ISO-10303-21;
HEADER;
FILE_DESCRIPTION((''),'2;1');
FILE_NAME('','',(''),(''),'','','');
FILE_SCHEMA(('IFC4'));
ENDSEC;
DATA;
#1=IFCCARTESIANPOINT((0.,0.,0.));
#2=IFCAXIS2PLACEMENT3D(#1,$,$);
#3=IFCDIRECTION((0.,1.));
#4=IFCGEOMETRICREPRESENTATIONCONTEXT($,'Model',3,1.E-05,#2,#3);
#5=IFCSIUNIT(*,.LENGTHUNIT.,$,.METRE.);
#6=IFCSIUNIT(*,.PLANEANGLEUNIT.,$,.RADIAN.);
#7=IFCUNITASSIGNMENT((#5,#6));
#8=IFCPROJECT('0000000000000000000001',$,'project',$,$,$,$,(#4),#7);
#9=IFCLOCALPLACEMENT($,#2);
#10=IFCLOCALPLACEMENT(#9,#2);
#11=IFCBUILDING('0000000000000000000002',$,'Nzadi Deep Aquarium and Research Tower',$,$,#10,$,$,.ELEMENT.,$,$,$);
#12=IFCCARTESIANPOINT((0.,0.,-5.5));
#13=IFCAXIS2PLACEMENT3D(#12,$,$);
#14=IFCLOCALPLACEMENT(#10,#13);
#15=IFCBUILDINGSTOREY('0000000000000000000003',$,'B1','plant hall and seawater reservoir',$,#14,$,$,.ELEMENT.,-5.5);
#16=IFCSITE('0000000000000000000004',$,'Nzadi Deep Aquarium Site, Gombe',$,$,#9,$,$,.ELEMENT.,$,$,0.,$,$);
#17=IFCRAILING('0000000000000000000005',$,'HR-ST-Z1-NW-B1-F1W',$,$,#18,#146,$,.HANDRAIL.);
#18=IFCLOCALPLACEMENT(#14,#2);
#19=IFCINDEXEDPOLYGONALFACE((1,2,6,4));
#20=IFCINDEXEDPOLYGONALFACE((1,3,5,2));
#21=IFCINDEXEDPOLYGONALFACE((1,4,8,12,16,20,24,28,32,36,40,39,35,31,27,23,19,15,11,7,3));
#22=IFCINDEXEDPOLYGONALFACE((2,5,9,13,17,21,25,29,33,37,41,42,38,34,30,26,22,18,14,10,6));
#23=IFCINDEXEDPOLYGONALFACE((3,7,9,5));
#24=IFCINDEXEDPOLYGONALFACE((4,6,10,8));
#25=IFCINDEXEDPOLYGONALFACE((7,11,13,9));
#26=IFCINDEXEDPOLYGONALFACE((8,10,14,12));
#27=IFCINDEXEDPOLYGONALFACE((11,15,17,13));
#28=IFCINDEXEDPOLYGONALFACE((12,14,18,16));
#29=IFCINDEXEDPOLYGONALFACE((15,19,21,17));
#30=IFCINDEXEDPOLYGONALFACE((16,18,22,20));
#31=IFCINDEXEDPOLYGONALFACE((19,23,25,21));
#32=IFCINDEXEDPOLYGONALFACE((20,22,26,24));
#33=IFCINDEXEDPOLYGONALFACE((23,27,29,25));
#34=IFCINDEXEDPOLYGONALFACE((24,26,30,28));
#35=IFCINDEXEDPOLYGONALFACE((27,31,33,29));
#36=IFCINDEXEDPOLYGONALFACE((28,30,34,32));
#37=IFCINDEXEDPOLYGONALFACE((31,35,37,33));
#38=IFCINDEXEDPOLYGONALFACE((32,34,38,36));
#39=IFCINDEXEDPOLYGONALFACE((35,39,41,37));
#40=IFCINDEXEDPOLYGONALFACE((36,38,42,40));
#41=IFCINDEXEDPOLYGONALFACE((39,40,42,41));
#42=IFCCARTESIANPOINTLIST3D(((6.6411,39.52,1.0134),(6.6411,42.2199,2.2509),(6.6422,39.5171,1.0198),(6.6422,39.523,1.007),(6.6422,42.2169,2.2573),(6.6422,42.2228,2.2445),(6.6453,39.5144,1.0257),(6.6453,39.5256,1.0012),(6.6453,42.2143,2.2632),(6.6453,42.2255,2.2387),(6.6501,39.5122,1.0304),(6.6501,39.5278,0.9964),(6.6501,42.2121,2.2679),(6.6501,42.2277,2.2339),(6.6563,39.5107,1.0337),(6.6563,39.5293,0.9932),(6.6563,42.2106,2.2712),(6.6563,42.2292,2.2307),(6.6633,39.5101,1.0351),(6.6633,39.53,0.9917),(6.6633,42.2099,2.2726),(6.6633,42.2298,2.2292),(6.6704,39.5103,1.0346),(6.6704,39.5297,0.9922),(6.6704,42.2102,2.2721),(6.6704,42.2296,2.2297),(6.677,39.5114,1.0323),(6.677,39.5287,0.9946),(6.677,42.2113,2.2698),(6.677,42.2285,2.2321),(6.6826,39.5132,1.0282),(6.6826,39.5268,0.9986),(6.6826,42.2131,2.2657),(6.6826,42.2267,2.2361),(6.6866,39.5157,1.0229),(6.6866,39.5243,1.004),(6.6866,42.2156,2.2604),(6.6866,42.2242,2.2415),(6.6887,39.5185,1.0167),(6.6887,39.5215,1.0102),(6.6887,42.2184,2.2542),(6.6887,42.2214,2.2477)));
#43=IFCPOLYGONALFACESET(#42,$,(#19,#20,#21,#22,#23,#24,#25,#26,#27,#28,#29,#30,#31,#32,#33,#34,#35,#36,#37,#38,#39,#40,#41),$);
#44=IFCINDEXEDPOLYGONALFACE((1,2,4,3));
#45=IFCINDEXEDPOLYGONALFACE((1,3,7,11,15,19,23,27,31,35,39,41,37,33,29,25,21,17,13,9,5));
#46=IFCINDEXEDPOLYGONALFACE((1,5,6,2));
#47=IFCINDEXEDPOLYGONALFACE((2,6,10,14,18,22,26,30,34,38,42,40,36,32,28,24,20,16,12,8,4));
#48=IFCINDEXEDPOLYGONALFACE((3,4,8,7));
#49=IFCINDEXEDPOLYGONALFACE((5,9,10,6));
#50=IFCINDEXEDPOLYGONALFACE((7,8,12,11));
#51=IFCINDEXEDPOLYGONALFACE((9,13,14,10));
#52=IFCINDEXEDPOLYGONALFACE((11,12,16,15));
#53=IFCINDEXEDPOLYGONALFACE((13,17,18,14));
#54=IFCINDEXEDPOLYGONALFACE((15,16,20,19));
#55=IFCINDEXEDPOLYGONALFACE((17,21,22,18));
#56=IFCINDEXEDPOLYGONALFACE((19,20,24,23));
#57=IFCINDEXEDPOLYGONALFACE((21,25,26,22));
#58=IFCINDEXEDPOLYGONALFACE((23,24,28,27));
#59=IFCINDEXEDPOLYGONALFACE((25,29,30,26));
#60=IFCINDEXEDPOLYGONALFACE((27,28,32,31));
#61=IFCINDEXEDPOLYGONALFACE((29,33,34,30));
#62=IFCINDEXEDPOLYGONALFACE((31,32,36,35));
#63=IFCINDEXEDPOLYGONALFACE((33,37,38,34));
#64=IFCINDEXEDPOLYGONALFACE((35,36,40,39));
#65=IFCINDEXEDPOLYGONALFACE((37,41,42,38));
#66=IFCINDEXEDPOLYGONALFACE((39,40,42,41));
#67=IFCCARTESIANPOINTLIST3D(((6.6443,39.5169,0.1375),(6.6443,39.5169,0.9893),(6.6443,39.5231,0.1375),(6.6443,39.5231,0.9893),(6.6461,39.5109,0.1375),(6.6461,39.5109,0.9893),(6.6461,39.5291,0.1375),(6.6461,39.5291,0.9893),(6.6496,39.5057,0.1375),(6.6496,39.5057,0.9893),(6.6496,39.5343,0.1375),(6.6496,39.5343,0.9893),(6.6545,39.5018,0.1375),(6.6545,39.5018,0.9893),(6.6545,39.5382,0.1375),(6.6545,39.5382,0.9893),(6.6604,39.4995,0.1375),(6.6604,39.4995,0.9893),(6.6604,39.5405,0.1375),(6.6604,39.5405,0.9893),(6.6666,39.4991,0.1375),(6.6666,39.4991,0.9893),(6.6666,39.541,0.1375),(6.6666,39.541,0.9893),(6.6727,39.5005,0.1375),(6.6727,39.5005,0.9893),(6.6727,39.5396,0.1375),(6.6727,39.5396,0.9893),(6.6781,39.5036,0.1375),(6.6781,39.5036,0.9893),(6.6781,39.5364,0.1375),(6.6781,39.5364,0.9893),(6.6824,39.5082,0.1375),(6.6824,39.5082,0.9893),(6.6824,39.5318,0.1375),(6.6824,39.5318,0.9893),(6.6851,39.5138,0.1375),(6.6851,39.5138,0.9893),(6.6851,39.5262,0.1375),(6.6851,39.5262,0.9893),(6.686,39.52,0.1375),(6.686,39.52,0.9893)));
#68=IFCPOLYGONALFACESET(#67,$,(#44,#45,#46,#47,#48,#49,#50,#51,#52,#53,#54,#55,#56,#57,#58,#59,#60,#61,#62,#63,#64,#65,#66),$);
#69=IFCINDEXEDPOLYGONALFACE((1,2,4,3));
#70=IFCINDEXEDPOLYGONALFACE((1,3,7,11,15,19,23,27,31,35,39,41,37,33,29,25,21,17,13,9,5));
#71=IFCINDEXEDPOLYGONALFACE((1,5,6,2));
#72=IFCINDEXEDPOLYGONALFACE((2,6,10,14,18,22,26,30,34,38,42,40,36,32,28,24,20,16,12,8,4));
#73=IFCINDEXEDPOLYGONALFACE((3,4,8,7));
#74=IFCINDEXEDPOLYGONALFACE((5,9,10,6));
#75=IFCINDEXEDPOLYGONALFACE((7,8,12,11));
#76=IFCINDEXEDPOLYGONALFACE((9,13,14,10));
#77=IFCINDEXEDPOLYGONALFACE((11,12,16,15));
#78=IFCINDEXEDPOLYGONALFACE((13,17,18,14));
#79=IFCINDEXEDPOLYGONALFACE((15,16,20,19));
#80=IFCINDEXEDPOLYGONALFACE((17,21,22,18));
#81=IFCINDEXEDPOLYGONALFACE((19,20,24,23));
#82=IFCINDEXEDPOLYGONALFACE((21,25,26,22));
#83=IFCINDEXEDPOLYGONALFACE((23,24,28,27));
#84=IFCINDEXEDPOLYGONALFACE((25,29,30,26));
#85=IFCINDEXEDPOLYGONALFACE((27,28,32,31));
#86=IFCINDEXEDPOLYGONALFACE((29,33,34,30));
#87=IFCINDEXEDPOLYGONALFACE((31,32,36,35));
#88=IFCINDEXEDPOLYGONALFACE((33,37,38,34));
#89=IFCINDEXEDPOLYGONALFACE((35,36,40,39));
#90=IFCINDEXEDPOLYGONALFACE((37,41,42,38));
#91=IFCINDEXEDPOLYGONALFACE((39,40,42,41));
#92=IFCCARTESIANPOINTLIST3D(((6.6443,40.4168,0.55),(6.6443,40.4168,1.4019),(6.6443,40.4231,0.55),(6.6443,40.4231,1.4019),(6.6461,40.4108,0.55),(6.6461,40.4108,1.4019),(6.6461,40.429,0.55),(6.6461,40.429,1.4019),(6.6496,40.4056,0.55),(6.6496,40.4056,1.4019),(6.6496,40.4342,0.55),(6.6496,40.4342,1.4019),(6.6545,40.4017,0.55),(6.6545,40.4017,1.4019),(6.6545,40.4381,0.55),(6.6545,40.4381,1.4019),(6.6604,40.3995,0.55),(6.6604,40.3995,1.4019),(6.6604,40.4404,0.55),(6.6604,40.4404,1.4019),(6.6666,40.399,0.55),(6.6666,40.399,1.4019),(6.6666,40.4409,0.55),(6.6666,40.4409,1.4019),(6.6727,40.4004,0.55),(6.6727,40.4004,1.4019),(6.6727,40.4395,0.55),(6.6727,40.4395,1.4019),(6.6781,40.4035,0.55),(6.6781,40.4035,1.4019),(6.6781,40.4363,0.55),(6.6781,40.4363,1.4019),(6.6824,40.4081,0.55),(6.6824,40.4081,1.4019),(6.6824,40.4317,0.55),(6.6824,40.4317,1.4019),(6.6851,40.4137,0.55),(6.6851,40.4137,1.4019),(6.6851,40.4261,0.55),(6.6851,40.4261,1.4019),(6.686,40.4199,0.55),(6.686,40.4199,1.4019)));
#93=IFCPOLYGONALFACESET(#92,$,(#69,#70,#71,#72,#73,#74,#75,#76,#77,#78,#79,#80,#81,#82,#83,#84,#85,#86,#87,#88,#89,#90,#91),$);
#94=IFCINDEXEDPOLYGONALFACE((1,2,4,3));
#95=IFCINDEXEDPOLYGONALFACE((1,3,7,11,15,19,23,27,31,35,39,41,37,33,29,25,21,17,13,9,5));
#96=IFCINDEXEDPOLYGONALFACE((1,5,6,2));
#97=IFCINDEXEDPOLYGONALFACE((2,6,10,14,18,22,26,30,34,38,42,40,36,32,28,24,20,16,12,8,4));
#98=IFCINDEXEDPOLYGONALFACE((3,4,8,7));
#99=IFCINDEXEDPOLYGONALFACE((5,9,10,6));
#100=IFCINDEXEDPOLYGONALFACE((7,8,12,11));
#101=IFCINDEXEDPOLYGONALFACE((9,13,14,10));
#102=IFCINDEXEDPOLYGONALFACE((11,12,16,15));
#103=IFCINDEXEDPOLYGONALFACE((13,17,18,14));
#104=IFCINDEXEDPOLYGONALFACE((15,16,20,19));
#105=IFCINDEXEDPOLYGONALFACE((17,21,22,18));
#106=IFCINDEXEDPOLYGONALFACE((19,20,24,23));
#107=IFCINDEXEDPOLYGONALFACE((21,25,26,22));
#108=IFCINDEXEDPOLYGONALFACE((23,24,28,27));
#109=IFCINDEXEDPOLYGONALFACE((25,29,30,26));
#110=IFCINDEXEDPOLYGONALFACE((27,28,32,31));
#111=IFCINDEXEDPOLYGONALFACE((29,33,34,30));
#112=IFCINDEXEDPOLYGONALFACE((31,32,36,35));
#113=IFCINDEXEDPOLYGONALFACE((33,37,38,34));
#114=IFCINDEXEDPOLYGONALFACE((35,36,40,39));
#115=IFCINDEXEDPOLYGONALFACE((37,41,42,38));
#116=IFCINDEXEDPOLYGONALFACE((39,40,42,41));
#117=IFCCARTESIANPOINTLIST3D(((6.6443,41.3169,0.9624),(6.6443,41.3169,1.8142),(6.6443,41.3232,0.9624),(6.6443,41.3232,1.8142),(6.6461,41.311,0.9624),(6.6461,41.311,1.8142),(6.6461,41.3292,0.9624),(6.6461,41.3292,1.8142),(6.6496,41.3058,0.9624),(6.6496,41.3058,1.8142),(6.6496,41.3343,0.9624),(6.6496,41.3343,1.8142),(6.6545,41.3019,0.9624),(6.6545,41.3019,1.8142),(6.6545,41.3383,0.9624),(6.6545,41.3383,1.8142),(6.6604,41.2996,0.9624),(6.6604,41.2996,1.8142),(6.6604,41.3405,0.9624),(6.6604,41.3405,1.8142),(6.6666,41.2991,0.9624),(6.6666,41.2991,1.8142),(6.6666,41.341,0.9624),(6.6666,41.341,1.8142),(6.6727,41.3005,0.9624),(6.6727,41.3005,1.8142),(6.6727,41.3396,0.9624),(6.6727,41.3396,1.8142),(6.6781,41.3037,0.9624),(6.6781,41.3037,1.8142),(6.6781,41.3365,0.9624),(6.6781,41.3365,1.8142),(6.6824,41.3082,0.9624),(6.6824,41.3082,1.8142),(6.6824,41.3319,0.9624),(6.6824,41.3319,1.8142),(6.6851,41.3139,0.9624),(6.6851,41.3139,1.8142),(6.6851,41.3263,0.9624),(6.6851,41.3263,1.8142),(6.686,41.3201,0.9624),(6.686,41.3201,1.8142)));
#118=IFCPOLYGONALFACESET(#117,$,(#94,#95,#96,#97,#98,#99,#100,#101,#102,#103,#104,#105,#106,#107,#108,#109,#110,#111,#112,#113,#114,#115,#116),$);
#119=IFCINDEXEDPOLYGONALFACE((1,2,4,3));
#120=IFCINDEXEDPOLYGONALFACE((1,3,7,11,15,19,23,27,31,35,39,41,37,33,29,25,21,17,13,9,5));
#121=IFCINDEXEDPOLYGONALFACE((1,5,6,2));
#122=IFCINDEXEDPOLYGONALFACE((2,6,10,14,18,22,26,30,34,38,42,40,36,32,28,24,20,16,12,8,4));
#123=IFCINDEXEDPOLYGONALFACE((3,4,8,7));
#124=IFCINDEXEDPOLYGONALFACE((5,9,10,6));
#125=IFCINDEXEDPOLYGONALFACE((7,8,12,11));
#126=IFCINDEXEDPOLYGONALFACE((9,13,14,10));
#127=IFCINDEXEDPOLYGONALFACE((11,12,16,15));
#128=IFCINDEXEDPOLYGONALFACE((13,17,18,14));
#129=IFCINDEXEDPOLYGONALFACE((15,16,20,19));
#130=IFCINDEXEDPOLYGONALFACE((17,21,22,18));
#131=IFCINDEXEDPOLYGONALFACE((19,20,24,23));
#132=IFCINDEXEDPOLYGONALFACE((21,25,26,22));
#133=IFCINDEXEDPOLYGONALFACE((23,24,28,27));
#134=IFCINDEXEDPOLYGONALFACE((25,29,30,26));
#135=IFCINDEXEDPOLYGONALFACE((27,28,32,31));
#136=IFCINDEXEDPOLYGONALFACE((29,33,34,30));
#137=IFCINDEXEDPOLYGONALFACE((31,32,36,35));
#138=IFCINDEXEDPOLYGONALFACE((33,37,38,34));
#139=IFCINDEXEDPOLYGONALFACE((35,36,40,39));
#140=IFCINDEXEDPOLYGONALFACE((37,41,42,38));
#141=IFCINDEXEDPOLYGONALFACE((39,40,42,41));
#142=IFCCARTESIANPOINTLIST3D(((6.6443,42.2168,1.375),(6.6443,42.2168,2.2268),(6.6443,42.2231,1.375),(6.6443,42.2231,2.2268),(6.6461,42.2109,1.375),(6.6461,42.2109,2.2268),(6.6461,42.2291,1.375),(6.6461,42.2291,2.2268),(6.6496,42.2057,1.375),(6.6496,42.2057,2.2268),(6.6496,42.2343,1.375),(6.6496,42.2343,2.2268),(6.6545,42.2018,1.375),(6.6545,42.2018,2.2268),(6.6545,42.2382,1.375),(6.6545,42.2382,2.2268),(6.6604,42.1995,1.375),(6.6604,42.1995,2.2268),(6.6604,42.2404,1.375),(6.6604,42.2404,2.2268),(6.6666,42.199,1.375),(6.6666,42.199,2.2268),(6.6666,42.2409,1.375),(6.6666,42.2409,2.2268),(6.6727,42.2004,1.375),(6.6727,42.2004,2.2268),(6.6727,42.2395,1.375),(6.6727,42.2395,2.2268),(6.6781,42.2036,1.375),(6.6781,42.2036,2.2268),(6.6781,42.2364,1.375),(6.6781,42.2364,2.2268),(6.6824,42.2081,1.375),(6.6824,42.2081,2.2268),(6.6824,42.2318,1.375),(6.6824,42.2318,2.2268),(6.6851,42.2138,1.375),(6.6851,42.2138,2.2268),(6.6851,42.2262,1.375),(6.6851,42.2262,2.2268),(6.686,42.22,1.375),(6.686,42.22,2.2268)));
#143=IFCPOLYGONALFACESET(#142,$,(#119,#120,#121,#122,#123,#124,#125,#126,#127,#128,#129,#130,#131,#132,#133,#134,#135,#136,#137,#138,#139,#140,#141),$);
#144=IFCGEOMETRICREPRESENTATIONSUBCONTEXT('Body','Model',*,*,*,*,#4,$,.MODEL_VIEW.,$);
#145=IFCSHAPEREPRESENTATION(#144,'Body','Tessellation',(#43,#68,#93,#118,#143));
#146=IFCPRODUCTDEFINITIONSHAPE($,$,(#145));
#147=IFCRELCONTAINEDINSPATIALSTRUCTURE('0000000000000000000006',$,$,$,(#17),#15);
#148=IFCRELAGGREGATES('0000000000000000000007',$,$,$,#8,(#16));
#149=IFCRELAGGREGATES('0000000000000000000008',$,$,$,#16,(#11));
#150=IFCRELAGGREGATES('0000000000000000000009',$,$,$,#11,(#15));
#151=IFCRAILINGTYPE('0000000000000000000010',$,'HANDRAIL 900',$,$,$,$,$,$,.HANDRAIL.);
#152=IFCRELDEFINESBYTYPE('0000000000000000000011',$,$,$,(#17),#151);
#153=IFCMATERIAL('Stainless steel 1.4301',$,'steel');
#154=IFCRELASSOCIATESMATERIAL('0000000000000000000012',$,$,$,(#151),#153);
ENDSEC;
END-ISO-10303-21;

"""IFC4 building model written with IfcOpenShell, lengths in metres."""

from ifc_helpers import new_model, si_unit, direction, frame, origin, origin_2d, place, context, subcontext, project, spatial, circle, extrude, material, type_object, element, save


model = new_model("IFC4")

# Units and contexts
model_context = context("Model", 3, precision=1e-05, world=origin(), true_north=direction((0.0, 1.0)))
body_context = subcontext(model_context, "Body", "Model", "MODEL_VIEW")
ifc_project = project(units=[si_unit("LENGTHUNIT", "METRE"), si_unit("PLANEANGLEUNIT", "RADIAN")], contexts=[model_context])

# Site, building, storey
site_placement = place(None, origin())
site = spatial("IfcSite", under=ifc_project, at=site_placement, Name="Nzadi Deep Aquarium Site, Gombe", CompositionType="ELEMENT", RefElevation=0.0)
building_placement = place(site_placement, origin())
building = spatial("IfcBuilding", under=site, at=building_placement, Name="Nzadi Deep Aquarium and Research Tower", CompositionType="ELEMENT")
storey_placement = place(building_placement, frame((0.0, 0.0, -5.5)))
storey = spatial("IfcBuildingStorey", under=building, at=storey_placement, Name="B1", Description="plant hall and seawater reservoir", CompositionType="ELEMENT", Elevation=-5.5)

# Railing
ifc_material_1 = material(Name="Stainless steel 1.4301", Category="steel")
railing_type = type_object("IfcRailingType", Name="HANDRAIL 900", PredefinedType="HANDRAIL", material=ifc_material_1)
for number, where, name in (
    (1, (6.665, 39.52, 0.1375), "HR-ST-Z1-NW-B1-F1W"),
):
    element("IfcRailing", number, at=place(storey_placement, frame(where)), inside=storey, type_object=railing_type, Name=name, PredefinedType="HANDRAIL", context=body_context, shape_type="SweptSolid", body=[
        extrude(circle(Radius=0.0239, at=origin_2d()), frame((0.0, 0.0, 0.876), z_axis=(0.0, 0.909056, 0.416675), x_axis=(-1.0, 0.0, 0.0)), (0.0, 0.0, 1.0), 2.97),
        extrude(circle(Radius=0.021, at=origin_2d()), origin(), (0.0, 0.0, 1.0), 0.8518),
        extrude(circle(Radius=0.021, at=origin_2d()), frame((0.0, 0.8999, 0.4126)), (0.0, 0.0, 1.0), 0.8518),
        extrude(circle(Radius=0.021, at=origin_2d()), frame((0.0, 1.8, 0.825)), (0.0, 0.0, 1.0), 0.8518),
        extrude(circle(Radius=0.021, at=origin_2d()), frame((0.0, 2.7, 1.2375)), (0.0, 0.0, 1.0), 0.8518),
    ])

save(model, "model.ifc")
